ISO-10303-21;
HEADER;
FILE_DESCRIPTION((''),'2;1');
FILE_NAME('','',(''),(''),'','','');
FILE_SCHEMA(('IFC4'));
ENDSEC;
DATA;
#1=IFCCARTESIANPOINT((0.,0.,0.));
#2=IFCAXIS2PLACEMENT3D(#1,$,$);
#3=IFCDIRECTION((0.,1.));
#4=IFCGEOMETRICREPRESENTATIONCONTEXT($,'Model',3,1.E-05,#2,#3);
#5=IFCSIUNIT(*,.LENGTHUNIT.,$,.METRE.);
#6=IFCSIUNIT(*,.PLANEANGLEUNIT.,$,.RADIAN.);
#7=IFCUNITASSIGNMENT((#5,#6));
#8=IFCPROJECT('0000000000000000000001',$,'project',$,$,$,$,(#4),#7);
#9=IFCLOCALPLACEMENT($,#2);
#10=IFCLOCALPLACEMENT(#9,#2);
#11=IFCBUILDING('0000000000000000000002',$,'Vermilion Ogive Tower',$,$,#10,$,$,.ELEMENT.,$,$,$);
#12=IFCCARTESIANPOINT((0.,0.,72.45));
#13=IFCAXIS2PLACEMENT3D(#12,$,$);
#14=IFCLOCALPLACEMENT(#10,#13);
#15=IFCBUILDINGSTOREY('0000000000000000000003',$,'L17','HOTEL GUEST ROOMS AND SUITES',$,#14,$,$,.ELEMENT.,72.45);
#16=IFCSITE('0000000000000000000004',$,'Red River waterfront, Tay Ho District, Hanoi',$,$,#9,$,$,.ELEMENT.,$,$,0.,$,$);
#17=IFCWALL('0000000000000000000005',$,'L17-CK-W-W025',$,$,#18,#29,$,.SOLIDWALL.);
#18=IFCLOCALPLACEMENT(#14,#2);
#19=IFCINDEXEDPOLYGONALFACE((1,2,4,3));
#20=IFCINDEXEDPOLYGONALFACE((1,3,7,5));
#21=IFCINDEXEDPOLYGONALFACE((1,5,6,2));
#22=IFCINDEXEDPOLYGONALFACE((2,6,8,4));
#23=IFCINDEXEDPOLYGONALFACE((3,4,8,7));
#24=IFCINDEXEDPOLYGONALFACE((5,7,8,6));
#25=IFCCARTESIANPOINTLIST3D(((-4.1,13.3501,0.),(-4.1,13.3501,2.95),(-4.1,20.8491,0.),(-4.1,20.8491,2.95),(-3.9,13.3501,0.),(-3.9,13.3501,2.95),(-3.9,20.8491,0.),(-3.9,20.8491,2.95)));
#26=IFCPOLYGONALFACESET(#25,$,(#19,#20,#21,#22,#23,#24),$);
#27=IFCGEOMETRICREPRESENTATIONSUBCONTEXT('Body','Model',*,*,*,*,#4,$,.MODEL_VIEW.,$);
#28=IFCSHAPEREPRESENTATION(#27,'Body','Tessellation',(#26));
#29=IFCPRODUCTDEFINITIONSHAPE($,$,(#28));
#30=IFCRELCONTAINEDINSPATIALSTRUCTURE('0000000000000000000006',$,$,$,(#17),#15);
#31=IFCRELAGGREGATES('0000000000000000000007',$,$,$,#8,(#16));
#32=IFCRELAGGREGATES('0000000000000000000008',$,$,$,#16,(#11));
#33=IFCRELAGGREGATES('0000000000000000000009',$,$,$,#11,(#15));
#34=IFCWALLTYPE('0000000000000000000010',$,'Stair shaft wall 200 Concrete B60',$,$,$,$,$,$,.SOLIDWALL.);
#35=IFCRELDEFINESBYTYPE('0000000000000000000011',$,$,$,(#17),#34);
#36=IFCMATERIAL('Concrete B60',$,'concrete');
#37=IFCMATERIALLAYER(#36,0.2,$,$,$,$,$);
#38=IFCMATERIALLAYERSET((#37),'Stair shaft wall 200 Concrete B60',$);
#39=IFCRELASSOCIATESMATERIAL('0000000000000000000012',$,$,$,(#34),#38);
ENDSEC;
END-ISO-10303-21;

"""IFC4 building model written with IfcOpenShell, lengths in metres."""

from ifc_helpers import new_model, si_unit, direction, frame, frame_2d, origin, place, context, subcontext, project, spatial, rectangle, extrude, material, layer, layer_set, type_object, element, save


model = new_model("IFC4")

# Units and contexts
model_context = context("Model", 3, precision=1e-05, world=origin(), true_north=direction((0.0, 1.0)))
body_context = subcontext(model_context, "Body", "Model", "MODEL_VIEW")
ifc_project = project(units=[si_unit("LENGTHUNIT", "METRE"), si_unit("PLANEANGLEUNIT", "RADIAN")], contexts=[model_context])

# Site, building, storey
site_placement = place(None, origin())
site = spatial("IfcSite", under=ifc_project, at=site_placement, Name="Red River waterfront, Tay Ho District, Hanoi", CompositionType="ELEMENT", RefElevation=0.0)
building_placement = place(site_placement, origin())
building = spatial("IfcBuilding", under=site, at=building_placement, Name="Vermilion Ogive Tower", CompositionType="ELEMENT")
storey_placement = place(building_placement, frame((0.0, 0.0, 72.45)))
storey = spatial("IfcBuildingStorey", under=building, at=storey_placement, Name="L17", Description="HOTEL GUEST ROOMS AND SUITES", CompositionType="ELEMENT", Elevation=72.45)

# Shared definitions
ifc_material_1 = material(Name="Concrete B60", Category="concrete")
ifc_layer_1 = layer(ifc_material_1, 0.2)
ifc_layer_set_1 = layer_set([ifc_layer_1], Name="Stair shaft wall 200 Concrete B60")
wall_type_1 = type_object("IfcWallType", Name="Stair shaft wall 200 Concrete B60", PredefinedType="SOLIDWALL", material=ifc_layer_set_1)

# Wall
wall_1_placement = place(storey_placement, frame((-4.0, 13.3501, 0.0), z_axis=(0.0, 0.0, 1.0), x_axis=(0.0, 1.0, 0.0)))
element("IfcWall", 1, at=wall_1_placement, inside=storey, type_object=wall_type_1, Name="L17-CK-W-W025", PredefinedType="SOLIDWALL", context=body_context, shape_type="SweptSolid", body=[
    extrude(rectangle(XDim=7.499, YDim=0.2, at=frame_2d((3.7495, 0.0))), origin(), (0.0, 0.0, 1.0), 2.95),
])

save(model, "model.ifc")
